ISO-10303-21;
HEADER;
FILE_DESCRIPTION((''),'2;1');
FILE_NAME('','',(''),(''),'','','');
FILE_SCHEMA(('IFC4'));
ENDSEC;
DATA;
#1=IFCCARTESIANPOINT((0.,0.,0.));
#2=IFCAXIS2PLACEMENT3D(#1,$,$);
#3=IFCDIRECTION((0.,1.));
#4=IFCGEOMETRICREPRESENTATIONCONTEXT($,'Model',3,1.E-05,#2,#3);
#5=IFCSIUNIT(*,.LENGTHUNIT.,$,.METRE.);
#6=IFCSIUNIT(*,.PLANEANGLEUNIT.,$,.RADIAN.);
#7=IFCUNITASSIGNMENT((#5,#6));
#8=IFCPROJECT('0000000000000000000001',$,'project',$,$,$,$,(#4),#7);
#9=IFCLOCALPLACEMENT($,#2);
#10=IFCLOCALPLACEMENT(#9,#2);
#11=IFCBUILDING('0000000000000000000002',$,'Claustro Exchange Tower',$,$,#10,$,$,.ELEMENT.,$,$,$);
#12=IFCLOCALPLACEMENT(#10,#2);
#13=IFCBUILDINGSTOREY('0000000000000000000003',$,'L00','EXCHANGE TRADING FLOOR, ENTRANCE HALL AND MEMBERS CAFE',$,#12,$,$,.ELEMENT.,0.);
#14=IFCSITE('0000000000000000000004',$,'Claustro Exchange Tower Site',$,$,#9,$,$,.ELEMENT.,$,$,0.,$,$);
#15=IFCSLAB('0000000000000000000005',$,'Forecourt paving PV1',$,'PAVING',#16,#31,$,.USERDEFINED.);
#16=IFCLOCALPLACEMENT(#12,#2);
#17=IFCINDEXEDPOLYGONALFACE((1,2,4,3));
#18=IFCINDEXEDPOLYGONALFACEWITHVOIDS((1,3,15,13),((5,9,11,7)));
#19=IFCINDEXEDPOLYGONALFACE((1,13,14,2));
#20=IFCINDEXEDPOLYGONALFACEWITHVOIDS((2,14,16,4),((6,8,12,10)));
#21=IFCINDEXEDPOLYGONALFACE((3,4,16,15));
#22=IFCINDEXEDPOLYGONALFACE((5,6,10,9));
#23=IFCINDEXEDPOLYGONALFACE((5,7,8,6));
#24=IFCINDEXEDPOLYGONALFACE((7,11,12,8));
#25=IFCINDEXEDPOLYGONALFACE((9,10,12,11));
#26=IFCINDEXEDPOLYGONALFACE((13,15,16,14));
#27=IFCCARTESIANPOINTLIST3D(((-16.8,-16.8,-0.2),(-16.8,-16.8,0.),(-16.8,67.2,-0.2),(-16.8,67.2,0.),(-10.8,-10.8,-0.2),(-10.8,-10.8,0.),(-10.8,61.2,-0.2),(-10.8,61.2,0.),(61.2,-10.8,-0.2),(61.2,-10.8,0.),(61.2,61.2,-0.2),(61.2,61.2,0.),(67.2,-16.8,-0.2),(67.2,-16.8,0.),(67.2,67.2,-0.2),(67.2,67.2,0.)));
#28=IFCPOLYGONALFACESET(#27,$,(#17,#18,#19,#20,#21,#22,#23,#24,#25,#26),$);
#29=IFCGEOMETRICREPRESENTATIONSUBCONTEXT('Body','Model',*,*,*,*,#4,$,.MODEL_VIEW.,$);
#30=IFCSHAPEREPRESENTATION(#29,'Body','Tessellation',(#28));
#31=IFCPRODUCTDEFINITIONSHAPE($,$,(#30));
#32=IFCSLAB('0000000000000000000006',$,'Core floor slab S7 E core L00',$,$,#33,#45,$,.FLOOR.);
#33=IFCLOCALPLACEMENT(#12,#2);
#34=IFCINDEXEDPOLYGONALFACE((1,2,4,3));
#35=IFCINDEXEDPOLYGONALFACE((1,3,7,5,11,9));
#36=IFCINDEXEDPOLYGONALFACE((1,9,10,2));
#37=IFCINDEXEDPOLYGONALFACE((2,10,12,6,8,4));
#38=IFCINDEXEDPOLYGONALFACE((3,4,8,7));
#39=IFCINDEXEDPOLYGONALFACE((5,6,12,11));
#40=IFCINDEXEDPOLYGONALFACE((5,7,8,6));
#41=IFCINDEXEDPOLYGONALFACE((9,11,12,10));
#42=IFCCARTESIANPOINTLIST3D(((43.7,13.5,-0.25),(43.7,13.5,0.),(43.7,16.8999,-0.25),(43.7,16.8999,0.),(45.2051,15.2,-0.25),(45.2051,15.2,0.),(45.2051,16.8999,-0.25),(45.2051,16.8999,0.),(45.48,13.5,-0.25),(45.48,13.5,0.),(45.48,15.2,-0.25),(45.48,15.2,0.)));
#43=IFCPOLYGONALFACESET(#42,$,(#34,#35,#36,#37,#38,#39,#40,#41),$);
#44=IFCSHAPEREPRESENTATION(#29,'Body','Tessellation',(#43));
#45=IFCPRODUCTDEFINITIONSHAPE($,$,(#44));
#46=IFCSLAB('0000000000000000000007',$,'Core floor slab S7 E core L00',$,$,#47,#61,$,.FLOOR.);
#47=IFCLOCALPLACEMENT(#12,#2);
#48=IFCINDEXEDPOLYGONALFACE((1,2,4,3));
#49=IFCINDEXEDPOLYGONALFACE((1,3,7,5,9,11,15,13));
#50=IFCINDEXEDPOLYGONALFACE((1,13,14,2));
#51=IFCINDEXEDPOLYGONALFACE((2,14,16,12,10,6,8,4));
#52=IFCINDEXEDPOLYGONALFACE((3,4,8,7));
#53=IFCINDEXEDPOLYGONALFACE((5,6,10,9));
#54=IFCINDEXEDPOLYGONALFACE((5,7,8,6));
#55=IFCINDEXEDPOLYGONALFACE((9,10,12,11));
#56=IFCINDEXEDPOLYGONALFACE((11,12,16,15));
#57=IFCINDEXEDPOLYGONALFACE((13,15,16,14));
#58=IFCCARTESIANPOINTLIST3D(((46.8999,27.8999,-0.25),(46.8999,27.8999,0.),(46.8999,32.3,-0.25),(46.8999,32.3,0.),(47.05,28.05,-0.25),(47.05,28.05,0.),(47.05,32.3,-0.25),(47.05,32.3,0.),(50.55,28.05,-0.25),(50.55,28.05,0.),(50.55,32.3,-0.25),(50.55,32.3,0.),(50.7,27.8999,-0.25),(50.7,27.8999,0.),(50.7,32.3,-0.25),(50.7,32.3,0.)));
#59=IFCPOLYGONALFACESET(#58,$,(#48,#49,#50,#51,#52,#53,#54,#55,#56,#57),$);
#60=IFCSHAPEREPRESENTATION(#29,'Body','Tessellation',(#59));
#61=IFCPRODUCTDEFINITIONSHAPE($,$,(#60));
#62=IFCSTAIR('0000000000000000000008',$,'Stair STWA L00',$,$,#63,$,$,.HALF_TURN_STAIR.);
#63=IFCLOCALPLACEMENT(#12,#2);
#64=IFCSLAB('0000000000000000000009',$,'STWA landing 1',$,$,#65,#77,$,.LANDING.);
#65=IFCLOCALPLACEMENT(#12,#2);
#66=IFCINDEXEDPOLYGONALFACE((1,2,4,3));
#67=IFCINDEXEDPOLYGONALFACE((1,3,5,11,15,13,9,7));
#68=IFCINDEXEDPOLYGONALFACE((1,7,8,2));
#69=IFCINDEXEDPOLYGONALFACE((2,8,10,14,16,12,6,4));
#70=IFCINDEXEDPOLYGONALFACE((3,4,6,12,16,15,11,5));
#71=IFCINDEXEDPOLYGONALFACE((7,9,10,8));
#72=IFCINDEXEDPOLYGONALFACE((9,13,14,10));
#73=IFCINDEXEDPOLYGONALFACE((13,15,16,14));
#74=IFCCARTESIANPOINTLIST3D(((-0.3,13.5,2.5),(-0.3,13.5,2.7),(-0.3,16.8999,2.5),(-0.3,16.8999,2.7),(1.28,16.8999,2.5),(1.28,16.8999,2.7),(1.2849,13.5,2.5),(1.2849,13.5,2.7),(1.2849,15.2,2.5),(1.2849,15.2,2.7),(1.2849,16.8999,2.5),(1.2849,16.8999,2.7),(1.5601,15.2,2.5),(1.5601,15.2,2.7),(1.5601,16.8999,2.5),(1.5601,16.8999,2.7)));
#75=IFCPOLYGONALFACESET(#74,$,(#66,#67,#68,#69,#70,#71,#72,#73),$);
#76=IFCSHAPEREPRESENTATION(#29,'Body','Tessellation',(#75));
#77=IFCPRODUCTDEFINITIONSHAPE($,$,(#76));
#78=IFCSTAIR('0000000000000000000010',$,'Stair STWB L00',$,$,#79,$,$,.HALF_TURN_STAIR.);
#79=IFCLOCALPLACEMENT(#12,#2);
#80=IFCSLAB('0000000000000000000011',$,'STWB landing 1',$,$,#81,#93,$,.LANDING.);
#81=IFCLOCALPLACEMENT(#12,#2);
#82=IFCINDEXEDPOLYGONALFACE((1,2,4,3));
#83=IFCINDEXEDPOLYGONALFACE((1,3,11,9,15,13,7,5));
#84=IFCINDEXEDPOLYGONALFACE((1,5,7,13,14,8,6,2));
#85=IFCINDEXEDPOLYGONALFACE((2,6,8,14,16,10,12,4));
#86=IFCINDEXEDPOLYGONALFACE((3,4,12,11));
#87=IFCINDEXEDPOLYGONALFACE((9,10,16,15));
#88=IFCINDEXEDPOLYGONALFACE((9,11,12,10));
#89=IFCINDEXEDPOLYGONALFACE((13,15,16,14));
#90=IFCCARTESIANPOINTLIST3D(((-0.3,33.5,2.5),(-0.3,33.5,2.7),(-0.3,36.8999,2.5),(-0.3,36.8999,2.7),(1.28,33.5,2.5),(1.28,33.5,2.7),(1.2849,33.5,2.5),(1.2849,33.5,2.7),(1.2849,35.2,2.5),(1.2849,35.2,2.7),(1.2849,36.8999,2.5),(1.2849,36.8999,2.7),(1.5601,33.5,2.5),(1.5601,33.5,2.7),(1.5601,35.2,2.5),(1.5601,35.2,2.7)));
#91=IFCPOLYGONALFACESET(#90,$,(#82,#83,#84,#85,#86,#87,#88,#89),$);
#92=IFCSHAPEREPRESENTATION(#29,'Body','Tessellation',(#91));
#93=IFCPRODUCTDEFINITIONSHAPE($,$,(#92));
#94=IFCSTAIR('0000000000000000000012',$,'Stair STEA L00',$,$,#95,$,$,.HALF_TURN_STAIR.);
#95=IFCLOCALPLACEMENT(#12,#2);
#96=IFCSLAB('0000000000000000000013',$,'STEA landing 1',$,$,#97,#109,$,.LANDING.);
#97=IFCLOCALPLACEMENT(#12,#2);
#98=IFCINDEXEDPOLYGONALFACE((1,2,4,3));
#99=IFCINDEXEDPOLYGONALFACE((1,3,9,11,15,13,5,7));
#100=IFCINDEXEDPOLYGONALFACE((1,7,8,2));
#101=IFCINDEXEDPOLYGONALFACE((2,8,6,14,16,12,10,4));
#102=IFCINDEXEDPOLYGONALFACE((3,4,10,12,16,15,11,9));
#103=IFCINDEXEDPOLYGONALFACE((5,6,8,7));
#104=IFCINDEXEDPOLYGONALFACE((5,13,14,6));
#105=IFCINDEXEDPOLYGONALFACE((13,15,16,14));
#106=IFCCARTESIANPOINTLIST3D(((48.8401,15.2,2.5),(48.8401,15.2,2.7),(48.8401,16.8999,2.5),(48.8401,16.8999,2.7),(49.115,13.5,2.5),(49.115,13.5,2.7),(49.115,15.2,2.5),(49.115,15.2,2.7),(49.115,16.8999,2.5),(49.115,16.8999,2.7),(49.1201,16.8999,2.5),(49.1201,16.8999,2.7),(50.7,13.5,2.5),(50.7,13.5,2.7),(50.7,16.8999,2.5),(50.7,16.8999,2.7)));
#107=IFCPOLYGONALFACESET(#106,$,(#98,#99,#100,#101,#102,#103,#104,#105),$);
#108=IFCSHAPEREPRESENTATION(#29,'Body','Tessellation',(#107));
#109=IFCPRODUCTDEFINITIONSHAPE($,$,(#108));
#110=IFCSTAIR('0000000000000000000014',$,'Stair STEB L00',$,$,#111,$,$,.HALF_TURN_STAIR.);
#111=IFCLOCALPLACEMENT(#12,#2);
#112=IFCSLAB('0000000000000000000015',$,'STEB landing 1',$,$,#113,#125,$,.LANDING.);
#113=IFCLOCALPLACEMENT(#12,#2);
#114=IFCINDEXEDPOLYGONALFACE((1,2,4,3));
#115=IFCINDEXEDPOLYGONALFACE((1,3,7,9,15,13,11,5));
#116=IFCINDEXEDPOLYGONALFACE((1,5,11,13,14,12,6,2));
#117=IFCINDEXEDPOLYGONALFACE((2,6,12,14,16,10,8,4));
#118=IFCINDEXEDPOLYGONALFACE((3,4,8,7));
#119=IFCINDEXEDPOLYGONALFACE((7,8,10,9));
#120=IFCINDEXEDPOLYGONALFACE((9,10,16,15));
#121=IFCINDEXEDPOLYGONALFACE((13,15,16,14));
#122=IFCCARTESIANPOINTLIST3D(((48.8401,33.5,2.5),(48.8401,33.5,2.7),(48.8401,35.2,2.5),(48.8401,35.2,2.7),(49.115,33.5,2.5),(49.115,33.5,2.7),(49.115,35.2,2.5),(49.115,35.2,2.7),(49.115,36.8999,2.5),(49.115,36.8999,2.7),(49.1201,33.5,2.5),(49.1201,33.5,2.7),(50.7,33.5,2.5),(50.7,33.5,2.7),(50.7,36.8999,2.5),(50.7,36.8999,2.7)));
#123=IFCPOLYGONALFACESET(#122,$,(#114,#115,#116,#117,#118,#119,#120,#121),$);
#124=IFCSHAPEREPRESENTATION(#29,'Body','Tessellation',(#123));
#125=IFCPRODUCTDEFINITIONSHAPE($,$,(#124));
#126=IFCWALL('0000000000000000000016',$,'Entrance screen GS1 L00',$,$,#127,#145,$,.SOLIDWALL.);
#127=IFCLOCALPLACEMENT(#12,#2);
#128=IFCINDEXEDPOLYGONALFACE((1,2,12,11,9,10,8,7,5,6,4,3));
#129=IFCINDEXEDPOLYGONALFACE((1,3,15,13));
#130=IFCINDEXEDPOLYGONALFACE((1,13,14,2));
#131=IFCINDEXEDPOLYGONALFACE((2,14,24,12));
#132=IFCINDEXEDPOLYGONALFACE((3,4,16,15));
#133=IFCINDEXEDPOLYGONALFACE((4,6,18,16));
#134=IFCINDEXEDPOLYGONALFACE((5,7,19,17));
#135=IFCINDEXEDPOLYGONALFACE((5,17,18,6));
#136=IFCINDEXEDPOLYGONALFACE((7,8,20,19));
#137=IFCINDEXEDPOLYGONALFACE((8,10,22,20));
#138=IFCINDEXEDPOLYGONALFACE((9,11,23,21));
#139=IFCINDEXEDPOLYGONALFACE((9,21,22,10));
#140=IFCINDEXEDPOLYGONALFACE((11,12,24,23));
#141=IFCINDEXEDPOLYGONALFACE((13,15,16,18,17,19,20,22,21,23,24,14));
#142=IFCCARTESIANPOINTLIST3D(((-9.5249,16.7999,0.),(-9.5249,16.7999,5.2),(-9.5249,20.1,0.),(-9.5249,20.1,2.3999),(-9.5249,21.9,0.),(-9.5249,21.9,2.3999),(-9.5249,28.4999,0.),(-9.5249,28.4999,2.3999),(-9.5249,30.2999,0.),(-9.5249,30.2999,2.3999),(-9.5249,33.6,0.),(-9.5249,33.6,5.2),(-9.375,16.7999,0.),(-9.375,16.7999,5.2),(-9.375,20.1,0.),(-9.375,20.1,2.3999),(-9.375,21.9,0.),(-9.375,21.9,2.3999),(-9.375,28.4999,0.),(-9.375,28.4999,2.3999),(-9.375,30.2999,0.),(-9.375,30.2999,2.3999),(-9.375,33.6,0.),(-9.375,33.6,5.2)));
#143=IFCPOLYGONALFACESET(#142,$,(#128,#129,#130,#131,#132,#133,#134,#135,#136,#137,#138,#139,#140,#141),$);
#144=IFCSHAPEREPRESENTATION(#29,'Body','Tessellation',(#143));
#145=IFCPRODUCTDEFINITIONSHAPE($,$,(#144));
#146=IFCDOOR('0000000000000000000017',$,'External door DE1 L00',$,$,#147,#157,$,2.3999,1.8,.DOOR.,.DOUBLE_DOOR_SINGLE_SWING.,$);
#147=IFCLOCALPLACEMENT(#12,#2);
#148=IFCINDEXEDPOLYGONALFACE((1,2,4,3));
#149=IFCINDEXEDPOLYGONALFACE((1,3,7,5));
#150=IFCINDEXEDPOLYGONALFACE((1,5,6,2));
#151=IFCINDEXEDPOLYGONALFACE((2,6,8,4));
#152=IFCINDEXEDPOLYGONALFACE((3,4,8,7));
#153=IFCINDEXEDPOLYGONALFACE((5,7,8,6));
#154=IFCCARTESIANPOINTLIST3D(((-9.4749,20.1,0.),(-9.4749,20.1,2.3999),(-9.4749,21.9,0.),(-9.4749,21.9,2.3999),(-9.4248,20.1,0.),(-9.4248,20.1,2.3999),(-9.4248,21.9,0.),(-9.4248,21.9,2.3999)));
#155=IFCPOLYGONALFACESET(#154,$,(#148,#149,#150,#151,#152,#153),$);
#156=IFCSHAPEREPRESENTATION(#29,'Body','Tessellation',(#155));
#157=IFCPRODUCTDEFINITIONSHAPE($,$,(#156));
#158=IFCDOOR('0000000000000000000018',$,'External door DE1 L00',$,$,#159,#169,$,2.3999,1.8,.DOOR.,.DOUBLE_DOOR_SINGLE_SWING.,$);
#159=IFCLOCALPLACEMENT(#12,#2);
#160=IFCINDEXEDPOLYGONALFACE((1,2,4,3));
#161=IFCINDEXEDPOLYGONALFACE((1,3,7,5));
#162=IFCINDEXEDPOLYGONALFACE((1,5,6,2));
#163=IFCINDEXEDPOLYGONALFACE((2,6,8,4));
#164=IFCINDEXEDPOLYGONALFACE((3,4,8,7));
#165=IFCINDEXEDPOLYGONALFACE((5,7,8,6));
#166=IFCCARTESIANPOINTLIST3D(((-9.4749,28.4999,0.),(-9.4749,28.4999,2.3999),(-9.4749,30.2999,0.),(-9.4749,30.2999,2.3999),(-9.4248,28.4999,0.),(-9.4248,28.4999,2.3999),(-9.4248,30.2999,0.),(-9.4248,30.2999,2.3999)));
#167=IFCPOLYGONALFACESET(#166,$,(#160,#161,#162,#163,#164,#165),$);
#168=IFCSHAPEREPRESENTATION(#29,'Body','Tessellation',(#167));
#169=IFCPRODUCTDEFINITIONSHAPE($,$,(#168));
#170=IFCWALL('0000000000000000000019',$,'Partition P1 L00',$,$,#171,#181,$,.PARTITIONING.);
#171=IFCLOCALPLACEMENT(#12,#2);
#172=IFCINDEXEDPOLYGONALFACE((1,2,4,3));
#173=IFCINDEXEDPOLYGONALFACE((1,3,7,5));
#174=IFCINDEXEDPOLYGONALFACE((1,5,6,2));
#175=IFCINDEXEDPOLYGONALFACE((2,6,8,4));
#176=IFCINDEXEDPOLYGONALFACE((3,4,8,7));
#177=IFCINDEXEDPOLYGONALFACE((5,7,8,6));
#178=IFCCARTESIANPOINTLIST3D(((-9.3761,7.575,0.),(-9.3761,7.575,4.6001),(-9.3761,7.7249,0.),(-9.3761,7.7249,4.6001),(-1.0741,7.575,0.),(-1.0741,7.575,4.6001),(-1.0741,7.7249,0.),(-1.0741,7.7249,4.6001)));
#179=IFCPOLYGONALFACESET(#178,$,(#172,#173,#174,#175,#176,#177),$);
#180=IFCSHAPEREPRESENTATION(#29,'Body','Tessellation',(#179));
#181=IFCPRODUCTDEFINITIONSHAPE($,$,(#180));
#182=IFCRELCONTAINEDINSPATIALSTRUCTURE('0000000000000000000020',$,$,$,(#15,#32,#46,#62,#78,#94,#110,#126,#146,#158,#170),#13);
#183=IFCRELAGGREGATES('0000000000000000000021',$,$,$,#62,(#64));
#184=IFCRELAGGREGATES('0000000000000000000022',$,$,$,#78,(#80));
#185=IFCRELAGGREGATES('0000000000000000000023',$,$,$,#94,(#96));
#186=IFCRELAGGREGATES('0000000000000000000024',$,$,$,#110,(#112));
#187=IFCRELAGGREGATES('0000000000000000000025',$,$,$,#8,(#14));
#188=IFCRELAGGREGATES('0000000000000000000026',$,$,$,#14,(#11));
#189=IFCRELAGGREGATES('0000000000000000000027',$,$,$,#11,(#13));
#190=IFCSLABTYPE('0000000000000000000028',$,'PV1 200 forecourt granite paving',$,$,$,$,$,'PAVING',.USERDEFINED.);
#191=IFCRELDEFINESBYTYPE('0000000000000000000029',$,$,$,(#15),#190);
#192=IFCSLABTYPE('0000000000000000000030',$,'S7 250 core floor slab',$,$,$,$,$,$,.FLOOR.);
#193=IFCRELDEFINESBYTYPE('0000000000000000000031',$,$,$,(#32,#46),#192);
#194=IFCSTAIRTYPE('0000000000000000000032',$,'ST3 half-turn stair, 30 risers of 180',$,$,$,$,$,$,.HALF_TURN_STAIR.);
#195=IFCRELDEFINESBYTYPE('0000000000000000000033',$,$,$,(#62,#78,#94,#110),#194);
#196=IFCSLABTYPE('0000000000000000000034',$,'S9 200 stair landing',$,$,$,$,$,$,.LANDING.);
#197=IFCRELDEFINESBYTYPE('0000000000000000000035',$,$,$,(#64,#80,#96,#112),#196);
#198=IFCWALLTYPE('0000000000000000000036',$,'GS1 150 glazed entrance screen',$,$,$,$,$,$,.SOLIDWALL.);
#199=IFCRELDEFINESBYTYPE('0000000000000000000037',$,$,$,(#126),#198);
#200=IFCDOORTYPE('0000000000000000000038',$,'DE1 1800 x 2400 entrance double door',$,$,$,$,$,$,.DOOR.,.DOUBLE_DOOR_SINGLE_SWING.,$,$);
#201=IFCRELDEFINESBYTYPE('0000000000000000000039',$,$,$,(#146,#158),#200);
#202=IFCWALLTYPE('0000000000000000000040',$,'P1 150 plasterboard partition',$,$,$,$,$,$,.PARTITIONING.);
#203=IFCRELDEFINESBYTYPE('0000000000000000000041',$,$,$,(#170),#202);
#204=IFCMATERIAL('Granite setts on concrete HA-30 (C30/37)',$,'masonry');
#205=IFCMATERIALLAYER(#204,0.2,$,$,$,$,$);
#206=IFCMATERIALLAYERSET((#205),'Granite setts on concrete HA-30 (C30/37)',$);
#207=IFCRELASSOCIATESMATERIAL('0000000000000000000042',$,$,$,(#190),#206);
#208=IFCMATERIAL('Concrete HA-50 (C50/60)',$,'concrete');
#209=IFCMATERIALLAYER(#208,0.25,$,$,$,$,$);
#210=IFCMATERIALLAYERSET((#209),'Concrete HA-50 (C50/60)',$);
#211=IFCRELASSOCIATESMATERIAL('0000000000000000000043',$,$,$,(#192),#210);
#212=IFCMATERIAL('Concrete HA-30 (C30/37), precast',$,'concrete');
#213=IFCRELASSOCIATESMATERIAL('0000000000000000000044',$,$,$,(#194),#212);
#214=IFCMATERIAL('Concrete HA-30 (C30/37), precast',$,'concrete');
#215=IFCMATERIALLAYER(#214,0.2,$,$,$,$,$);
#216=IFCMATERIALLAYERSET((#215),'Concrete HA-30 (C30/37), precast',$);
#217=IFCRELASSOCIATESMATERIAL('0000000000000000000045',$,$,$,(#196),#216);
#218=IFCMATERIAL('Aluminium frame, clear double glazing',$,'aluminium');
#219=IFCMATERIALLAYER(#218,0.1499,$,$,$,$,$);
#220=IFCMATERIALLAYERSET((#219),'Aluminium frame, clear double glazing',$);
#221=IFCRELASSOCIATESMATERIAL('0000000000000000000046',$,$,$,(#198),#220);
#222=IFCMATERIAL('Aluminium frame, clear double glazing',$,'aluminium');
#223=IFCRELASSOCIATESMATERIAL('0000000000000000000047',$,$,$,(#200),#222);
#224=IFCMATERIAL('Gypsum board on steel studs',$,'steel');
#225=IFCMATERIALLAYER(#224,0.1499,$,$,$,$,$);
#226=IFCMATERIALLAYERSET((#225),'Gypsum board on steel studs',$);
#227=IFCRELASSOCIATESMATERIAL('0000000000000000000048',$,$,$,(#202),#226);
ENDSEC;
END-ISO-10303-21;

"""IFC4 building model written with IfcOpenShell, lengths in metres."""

from ifc_helpers import new_model, si_unit, direction, frame, frame_2d, origin, place, context, subcontext, project, spatial, polyline, rectangle, outline, extrude, material, layer, layer_set, type_object, element, fill, aggregate, save


model = new_model("IFC4")

# Units and contexts
model_context = context("Model", 3, precision=1e-05, world=origin(), true_north=direction((0.0, 1.0)))
body_context = subcontext(model_context, "Body", "Model", "MODEL_VIEW")
ifc_project = project(units=[si_unit("LENGTHUNIT", "METRE"), si_unit("PLANEANGLEUNIT", "RADIAN")], contexts=[model_context])

# Site, building, storey
site_placement = place(None, origin())
site = spatial("IfcSite", under=ifc_project, at=site_placement, Name="Claustro Exchange Tower Site", CompositionType="ELEMENT", RefElevation=0.0)
building_placement = place(site_placement, origin())
building = spatial("IfcBuilding", under=site, at=building_placement, Name="Claustro Exchange Tower", CompositionType="ELEMENT")
storey_placement = place(building_placement, origin())
storey = spatial("IfcBuildingStorey", under=building, at=storey_placement, Name="L00", Description="EXCHANGE TRADING FLOOR, ENTRANCE HALL AND MEMBERS CAFE", CompositionType="ELEMENT", Elevation=0.0)

# Slabs
ifc_material_1 = material(Name="Granite setts on concrete HA-30 (C30/37)", Category="masonry")
ifc_layer_1 = layer(ifc_material_1, 0.2)
ifc_layer_set_1 = layer_set([ifc_layer_1], Name="Granite setts on concrete HA-30 (C30/37)")
slab_type_1 = type_object("IfcSlabType", Name="PV1 200 forecourt granite paving", ElementType="PAVING", PredefinedType="USERDEFINED", material=ifc_layer_set_1)
slab_1_placement = place(storey_placement, frame((0.0, 0.0, -0.2)))
element("IfcSlab", 1, at=slab_1_placement, inside=storey, type_object=slab_type_1, Name="Forecourt paving PV1", ObjectType="PAVING", PredefinedType="USERDEFINED", context=body_context, shape_type="SweptSolid", body=[
    extrude(outline(polyline([(-16.8, -16.8), (67.2, -16.8), (67.2, 67.2), (-16.8, 67.2), (-16.8, -16.8)]), holes=[polyline([(61.2, 61.2), (61.2, -10.8), (-10.8, -10.8), (-10.8, 61.2), (61.2, 61.2)])]), origin(), (0.0, 0.0, 1.0), 0.2),
])
ifc_material_2 = material(Name="Concrete HA-50 (C50/60)", Category="concrete")
ifc_layer_2 = layer(ifc_material_2, 0.25)
ifc_layer_set_2 = layer_set([ifc_layer_2], Name="Concrete HA-50 (C50/60)")
slab_type_2 = type_object("IfcSlabType", Name="S7 250 core floor slab", PredefinedType="FLOOR", material=ifc_layer_set_2)
slab_2_placement = place(storey_placement, frame((0.0, 0.0, -0.25)))
element("IfcSlab", 2, at=slab_2_placement, inside=storey, type_object=slab_type_2, Name="Core floor slab S7 E core L00", PredefinedType="FLOOR", context=body_context, shape_type="SweptSolid", body=[
    extrude(outline(polyline([(43.7, 13.5), (45.48, 13.5), (45.48, 15.2), (45.2051, 15.2), (45.2051, 16.8999), (43.7, 16.8999), (43.7, 13.5)])), origin(), (0.0, 0.0, 1.0), 0.25),
])
slab_3_placement = place(storey_placement, frame((0.0, 0.0, -0.25)))
element("IfcSlab", 3, at=slab_3_placement, inside=storey, type_object=slab_type_2, Name="Core floor slab S7 E core L00", PredefinedType="FLOOR", context=body_context, shape_type="SweptSolid", body=[
    extrude(outline(polyline([(46.8999, 27.8999), (50.7, 27.8999), (50.7, 32.3), (50.55, 32.3), (50.55, 28.05), (47.05, 28.05), (47.05, 32.3), (46.8999, 32.3), (46.8999, 27.8999)])), origin(), (0.0, 0.0, 1.0), 0.25),
])

# Stairs, slabs
ifc_material_3 = material(Name="Concrete HA-30 (C30/37), precast", Category="concrete")
stair_type = type_object("IfcStairType", Name="ST3 half-turn stair, 30 risers of 180", PredefinedType="HALF_TURN_STAIR", material=ifc_material_3)
stair_1_placement = place(storey_placement, origin())
stair_1 = element("IfcStair", 4, at=stair_1_placement, inside=storey, type_object=stair_type, Name="Stair STWA L00", PredefinedType="HALF_TURN_STAIR")
ifc_material_4 = material(Name="Concrete HA-30 (C30/37), precast", Category="concrete")
ifc_layer_3 = layer(ifc_material_4, 0.2)
ifc_layer_set_3 = layer_set([ifc_layer_3], Name="Concrete HA-30 (C30/37), precast")
slab_type_3 = type_object("IfcSlabType", Name="S9 200 stair landing", PredefinedType="LANDING", material=ifc_layer_set_3)
slab_4_placement = place(storey_placement, frame((0.0, 0.0, 2.5)))
slab_4 = element("IfcSlab", 5, at=slab_4_placement, type_object=slab_type_3, Name="STWA landing 1", PredefinedType="LANDING", context=body_context, shape_type="SweptSolid", body=[
    extrude(outline(polyline([(1.2849, 13.5), (-0.3, 13.5), (-0.3, 16.8999), (1.28, 16.8999), (1.2849, 16.8999), (1.5601, 16.8999), (1.5601, 15.2), (1.2849, 15.2), (1.2849, 13.5)])), origin(), (0.0, 0.0, 1.0), 0.2),
])
aggregate(stair_1, [slab_4])
stair_2_placement = place(storey_placement, origin())
stair_2 = element("IfcStair", 6, at=stair_2_placement, inside=storey, type_object=stair_type, Name="Stair STWB L00", PredefinedType="HALF_TURN_STAIR")
slab_5_placement = place(storey_placement, frame((0.0, 0.0, 2.5)))
slab_5 = element("IfcSlab", 7, at=slab_5_placement, type_object=slab_type_3, Name="STWB landing 1", PredefinedType="LANDING", context=body_context, shape_type="SweptSolid", body=[
    extrude(outline(polyline([(1.5601, 35.2), (1.5601, 33.5), (1.2849, 33.5), (1.28, 33.5), (-0.3, 33.5), (-0.3, 36.8999), (1.2849, 36.8999), (1.2849, 35.2), (1.5601, 35.2)])), origin(), (0.0, 0.0, 1.0), 0.2),
])
aggregate(stair_2, [slab_5])
stair_3_placement = place(storey_placement, origin())
stair_3 = element("IfcStair", 8, at=stair_3_placement, inside=storey, type_object=stair_type, Name="Stair STEA L00", PredefinedType="HALF_TURN_STAIR")
slab_6_placement = place(storey_placement, frame((0.0, 0.0, 2.5)))
slab_6 = element("IfcSlab", 9, at=slab_6_placement, type_object=slab_type_3, Name="STEA landing 1", PredefinedType="LANDING", context=body_context, shape_type="SweptSolid", body=[
    extrude(outline(polyline([(50.7, 16.8999), (50.7, 13.5), (49.115, 13.5), (49.115, 15.2), (48.8401, 15.2), (48.8401, 16.8999), (49.115, 16.8999), (49.1201, 16.8999), (50.7, 16.8999)])), origin(), (0.0, 0.0, 1.0), 0.2),
])
aggregate(stair_3, [slab_6])
stair_4_placement = place(storey_placement, origin())
stair_4 = element("IfcStair", 10, at=stair_4_placement, inside=storey, type_object=stair_type, Name="Stair STEB L00", PredefinedType="HALF_TURN_STAIR")
slab_7_placement = place(storey_placement, frame((0.0, 0.0, 2.5)))
slab_7 = element("IfcSlab", 11, at=slab_7_placement, type_object=slab_type_3, Name="STEB landing 1", PredefinedType="LANDING", context=body_context, shape_type="SweptSolid", body=[
    extrude(outline(polyline([(48.8401, 33.5), (48.8401, 35.2), (49.115, 35.2), (49.115, 36.8999), (50.7, 36.8999), (50.7, 33.5), (49.1201, 33.5), (49.115, 33.5), (48.8401, 33.5)])), origin(), (0.0, 0.0, 1.0), 0.2),
])
aggregate(stair_4, [slab_7])

# Wall, openings, doors
ifc_material_5 = material(Name="Aluminium frame, clear double glazing", Category="aluminium")
ifc_layer_4 = layer(ifc_material_5, 0.1499)
ifc_layer_set_4 = layer_set([ifc_layer_4], Name="Aluminium frame, clear double glazing")
wall_type_1 = type_object("IfcWallType", Name="GS1 150 glazed entrance screen", PredefinedType="SOLIDWALL", material=ifc_layer_set_4)
wall_1_placement = place(storey_placement, frame((-9.45, 16.8, 0.0), z_axis=(0.0, 0.0, 1.0), x_axis=(0.0, 1.0, 0.0)))
wall_1 = element("IfcWall", 12, at=wall_1_placement, inside=storey, type_object=wall_type_1, Name="Entrance screen GS1 L00", PredefinedType="SOLIDWALL", context=body_context, shape_type="SweptSolid", body=[
    extrude(rectangle(XDim=16.8, YDim=0.1499, at=frame_2d((8.3999, 0.0))), origin(), (0.0, 0.0, 1.0), 5.2),
])
opening_1_placement = place(wall_1_placement, frame((3.3, 0.0, 0.0)))
opening_1 = element("IfcOpeningElement", 13, at=opening_1_placement, cuts=wall_1, PredefinedType="OPENING", context=body_context, shape_type="SweptSolid", body=[
    extrude(rectangle(XDim=1.8, YDim=2.3999, at=frame_2d((0.8999, 1.2))), frame((0.0, 0.085, 0.0), z_axis=(0.0, -1.0, 0.0), x_axis=(1.0, 0.0, 0.0)), (0.0, 0.0, 1.0), 0.1699),
])
opening_2_placement = place(wall_1_placement, frame((11.7, 0.0, 0.0)))
opening_2 = element("IfcOpeningElement", 14, at=opening_2_placement, cuts=wall_1, PredefinedType="OPENING", context=body_context, shape_type="SweptSolid", body=[
    extrude(rectangle(XDim=1.8, YDim=2.3999, at=frame_2d((0.8999, 1.2))), frame((0.0, 0.085, 0.0), z_axis=(0.0, -1.0, 0.0), x_axis=(1.0, 0.0, 0.0)), (0.0, 0.0, 1.0), 0.1699),
])
ifc_material_6 = material(Name="Aluminium frame, clear double glazing", Category="aluminium")
door_type_1 = type_object("IfcDoorType", Name="DE1 1800 x 2400 entrance double door", OperationType="DOUBLE_DOOR_SINGLE_SWING", PredefinedType="DOOR", material=ifc_material_6)
door_1_placement = place(opening_1_placement, origin())
door_1 = element("IfcDoor", 15, at=door_1_placement, inside=storey, type_object=door_type_1, Name="External door DE1 L00", OperationType="DOUBLE_DOOR_SINGLE_SWING", OverallHeight=2.3999, OverallWidth=1.8, PredefinedType="DOOR", context=body_context, shape_type="SweptSolid", body=[
    extrude(rectangle(XDim=1.8, YDim=2.3999, at=frame_2d((0.8999, 1.2))), frame((0.0, 0.0249, 0.0), z_axis=(0.0, -1.0, 0.0), x_axis=(1.0, 0.0, 0.0)), (0.0, 0.0, 1.0), 0.05),
])
fill(opening_1, door_1)
door_2_placement = place(opening_2_placement, origin())
door_2 = element("IfcDoor", 16, at=door_2_placement, inside=storey, type_object=door_type_1, Name="External door DE1 L00", OperationType="DOUBLE_DOOR_SINGLE_SWING", OverallHeight=2.3999, OverallWidth=1.8, PredefinedType="DOOR", context=body_context, shape_type="SweptSolid", body=[
    extrude(rectangle(XDim=1.8, YDim=2.3999, at=frame_2d((0.8999, 1.2))), frame((0.0, 0.0249, 0.0), z_axis=(0.0, -1.0, 0.0), x_axis=(1.0, 0.0, 0.0)), (0.0, 0.0, 1.0), 0.05),
])
fill(opening_2, door_2)

# Wall
ifc_material_7 = material(Name="Gypsum board on steel studs", Category="steel")
ifc_layer_5 = layer(ifc_material_7, 0.1499)
ifc_layer_set_5 = layer_set([ifc_layer_5], Name="Gypsum board on steel studs")
wall_type_2 = type_object("IfcWallType", Name="P1 150 plasterboard partition", PredefinedType="PARTITIONING", material=ifc_layer_set_5)
wall_2_placement = place(storey_placement, frame((-9.376, 7.6499, 0.0), z_axis=(0.0, 0.0, 1.0), x_axis=(1.0, 0.0, 0.0)))
element("IfcWall", 17, at=wall_2_placement, inside=storey, type_object=wall_type_2, Name="Partition P1 L00", PredefinedType="PARTITIONING", context=body_context, shape_type="SweptSolid", body=[
    extrude(rectangle(XDim=8.302, YDim=0.1499, at=frame_2d((4.1509, 0.0))), origin(), (0.0, 0.0, 1.0), 4.6001),
])

save(model, "model.ifc")
